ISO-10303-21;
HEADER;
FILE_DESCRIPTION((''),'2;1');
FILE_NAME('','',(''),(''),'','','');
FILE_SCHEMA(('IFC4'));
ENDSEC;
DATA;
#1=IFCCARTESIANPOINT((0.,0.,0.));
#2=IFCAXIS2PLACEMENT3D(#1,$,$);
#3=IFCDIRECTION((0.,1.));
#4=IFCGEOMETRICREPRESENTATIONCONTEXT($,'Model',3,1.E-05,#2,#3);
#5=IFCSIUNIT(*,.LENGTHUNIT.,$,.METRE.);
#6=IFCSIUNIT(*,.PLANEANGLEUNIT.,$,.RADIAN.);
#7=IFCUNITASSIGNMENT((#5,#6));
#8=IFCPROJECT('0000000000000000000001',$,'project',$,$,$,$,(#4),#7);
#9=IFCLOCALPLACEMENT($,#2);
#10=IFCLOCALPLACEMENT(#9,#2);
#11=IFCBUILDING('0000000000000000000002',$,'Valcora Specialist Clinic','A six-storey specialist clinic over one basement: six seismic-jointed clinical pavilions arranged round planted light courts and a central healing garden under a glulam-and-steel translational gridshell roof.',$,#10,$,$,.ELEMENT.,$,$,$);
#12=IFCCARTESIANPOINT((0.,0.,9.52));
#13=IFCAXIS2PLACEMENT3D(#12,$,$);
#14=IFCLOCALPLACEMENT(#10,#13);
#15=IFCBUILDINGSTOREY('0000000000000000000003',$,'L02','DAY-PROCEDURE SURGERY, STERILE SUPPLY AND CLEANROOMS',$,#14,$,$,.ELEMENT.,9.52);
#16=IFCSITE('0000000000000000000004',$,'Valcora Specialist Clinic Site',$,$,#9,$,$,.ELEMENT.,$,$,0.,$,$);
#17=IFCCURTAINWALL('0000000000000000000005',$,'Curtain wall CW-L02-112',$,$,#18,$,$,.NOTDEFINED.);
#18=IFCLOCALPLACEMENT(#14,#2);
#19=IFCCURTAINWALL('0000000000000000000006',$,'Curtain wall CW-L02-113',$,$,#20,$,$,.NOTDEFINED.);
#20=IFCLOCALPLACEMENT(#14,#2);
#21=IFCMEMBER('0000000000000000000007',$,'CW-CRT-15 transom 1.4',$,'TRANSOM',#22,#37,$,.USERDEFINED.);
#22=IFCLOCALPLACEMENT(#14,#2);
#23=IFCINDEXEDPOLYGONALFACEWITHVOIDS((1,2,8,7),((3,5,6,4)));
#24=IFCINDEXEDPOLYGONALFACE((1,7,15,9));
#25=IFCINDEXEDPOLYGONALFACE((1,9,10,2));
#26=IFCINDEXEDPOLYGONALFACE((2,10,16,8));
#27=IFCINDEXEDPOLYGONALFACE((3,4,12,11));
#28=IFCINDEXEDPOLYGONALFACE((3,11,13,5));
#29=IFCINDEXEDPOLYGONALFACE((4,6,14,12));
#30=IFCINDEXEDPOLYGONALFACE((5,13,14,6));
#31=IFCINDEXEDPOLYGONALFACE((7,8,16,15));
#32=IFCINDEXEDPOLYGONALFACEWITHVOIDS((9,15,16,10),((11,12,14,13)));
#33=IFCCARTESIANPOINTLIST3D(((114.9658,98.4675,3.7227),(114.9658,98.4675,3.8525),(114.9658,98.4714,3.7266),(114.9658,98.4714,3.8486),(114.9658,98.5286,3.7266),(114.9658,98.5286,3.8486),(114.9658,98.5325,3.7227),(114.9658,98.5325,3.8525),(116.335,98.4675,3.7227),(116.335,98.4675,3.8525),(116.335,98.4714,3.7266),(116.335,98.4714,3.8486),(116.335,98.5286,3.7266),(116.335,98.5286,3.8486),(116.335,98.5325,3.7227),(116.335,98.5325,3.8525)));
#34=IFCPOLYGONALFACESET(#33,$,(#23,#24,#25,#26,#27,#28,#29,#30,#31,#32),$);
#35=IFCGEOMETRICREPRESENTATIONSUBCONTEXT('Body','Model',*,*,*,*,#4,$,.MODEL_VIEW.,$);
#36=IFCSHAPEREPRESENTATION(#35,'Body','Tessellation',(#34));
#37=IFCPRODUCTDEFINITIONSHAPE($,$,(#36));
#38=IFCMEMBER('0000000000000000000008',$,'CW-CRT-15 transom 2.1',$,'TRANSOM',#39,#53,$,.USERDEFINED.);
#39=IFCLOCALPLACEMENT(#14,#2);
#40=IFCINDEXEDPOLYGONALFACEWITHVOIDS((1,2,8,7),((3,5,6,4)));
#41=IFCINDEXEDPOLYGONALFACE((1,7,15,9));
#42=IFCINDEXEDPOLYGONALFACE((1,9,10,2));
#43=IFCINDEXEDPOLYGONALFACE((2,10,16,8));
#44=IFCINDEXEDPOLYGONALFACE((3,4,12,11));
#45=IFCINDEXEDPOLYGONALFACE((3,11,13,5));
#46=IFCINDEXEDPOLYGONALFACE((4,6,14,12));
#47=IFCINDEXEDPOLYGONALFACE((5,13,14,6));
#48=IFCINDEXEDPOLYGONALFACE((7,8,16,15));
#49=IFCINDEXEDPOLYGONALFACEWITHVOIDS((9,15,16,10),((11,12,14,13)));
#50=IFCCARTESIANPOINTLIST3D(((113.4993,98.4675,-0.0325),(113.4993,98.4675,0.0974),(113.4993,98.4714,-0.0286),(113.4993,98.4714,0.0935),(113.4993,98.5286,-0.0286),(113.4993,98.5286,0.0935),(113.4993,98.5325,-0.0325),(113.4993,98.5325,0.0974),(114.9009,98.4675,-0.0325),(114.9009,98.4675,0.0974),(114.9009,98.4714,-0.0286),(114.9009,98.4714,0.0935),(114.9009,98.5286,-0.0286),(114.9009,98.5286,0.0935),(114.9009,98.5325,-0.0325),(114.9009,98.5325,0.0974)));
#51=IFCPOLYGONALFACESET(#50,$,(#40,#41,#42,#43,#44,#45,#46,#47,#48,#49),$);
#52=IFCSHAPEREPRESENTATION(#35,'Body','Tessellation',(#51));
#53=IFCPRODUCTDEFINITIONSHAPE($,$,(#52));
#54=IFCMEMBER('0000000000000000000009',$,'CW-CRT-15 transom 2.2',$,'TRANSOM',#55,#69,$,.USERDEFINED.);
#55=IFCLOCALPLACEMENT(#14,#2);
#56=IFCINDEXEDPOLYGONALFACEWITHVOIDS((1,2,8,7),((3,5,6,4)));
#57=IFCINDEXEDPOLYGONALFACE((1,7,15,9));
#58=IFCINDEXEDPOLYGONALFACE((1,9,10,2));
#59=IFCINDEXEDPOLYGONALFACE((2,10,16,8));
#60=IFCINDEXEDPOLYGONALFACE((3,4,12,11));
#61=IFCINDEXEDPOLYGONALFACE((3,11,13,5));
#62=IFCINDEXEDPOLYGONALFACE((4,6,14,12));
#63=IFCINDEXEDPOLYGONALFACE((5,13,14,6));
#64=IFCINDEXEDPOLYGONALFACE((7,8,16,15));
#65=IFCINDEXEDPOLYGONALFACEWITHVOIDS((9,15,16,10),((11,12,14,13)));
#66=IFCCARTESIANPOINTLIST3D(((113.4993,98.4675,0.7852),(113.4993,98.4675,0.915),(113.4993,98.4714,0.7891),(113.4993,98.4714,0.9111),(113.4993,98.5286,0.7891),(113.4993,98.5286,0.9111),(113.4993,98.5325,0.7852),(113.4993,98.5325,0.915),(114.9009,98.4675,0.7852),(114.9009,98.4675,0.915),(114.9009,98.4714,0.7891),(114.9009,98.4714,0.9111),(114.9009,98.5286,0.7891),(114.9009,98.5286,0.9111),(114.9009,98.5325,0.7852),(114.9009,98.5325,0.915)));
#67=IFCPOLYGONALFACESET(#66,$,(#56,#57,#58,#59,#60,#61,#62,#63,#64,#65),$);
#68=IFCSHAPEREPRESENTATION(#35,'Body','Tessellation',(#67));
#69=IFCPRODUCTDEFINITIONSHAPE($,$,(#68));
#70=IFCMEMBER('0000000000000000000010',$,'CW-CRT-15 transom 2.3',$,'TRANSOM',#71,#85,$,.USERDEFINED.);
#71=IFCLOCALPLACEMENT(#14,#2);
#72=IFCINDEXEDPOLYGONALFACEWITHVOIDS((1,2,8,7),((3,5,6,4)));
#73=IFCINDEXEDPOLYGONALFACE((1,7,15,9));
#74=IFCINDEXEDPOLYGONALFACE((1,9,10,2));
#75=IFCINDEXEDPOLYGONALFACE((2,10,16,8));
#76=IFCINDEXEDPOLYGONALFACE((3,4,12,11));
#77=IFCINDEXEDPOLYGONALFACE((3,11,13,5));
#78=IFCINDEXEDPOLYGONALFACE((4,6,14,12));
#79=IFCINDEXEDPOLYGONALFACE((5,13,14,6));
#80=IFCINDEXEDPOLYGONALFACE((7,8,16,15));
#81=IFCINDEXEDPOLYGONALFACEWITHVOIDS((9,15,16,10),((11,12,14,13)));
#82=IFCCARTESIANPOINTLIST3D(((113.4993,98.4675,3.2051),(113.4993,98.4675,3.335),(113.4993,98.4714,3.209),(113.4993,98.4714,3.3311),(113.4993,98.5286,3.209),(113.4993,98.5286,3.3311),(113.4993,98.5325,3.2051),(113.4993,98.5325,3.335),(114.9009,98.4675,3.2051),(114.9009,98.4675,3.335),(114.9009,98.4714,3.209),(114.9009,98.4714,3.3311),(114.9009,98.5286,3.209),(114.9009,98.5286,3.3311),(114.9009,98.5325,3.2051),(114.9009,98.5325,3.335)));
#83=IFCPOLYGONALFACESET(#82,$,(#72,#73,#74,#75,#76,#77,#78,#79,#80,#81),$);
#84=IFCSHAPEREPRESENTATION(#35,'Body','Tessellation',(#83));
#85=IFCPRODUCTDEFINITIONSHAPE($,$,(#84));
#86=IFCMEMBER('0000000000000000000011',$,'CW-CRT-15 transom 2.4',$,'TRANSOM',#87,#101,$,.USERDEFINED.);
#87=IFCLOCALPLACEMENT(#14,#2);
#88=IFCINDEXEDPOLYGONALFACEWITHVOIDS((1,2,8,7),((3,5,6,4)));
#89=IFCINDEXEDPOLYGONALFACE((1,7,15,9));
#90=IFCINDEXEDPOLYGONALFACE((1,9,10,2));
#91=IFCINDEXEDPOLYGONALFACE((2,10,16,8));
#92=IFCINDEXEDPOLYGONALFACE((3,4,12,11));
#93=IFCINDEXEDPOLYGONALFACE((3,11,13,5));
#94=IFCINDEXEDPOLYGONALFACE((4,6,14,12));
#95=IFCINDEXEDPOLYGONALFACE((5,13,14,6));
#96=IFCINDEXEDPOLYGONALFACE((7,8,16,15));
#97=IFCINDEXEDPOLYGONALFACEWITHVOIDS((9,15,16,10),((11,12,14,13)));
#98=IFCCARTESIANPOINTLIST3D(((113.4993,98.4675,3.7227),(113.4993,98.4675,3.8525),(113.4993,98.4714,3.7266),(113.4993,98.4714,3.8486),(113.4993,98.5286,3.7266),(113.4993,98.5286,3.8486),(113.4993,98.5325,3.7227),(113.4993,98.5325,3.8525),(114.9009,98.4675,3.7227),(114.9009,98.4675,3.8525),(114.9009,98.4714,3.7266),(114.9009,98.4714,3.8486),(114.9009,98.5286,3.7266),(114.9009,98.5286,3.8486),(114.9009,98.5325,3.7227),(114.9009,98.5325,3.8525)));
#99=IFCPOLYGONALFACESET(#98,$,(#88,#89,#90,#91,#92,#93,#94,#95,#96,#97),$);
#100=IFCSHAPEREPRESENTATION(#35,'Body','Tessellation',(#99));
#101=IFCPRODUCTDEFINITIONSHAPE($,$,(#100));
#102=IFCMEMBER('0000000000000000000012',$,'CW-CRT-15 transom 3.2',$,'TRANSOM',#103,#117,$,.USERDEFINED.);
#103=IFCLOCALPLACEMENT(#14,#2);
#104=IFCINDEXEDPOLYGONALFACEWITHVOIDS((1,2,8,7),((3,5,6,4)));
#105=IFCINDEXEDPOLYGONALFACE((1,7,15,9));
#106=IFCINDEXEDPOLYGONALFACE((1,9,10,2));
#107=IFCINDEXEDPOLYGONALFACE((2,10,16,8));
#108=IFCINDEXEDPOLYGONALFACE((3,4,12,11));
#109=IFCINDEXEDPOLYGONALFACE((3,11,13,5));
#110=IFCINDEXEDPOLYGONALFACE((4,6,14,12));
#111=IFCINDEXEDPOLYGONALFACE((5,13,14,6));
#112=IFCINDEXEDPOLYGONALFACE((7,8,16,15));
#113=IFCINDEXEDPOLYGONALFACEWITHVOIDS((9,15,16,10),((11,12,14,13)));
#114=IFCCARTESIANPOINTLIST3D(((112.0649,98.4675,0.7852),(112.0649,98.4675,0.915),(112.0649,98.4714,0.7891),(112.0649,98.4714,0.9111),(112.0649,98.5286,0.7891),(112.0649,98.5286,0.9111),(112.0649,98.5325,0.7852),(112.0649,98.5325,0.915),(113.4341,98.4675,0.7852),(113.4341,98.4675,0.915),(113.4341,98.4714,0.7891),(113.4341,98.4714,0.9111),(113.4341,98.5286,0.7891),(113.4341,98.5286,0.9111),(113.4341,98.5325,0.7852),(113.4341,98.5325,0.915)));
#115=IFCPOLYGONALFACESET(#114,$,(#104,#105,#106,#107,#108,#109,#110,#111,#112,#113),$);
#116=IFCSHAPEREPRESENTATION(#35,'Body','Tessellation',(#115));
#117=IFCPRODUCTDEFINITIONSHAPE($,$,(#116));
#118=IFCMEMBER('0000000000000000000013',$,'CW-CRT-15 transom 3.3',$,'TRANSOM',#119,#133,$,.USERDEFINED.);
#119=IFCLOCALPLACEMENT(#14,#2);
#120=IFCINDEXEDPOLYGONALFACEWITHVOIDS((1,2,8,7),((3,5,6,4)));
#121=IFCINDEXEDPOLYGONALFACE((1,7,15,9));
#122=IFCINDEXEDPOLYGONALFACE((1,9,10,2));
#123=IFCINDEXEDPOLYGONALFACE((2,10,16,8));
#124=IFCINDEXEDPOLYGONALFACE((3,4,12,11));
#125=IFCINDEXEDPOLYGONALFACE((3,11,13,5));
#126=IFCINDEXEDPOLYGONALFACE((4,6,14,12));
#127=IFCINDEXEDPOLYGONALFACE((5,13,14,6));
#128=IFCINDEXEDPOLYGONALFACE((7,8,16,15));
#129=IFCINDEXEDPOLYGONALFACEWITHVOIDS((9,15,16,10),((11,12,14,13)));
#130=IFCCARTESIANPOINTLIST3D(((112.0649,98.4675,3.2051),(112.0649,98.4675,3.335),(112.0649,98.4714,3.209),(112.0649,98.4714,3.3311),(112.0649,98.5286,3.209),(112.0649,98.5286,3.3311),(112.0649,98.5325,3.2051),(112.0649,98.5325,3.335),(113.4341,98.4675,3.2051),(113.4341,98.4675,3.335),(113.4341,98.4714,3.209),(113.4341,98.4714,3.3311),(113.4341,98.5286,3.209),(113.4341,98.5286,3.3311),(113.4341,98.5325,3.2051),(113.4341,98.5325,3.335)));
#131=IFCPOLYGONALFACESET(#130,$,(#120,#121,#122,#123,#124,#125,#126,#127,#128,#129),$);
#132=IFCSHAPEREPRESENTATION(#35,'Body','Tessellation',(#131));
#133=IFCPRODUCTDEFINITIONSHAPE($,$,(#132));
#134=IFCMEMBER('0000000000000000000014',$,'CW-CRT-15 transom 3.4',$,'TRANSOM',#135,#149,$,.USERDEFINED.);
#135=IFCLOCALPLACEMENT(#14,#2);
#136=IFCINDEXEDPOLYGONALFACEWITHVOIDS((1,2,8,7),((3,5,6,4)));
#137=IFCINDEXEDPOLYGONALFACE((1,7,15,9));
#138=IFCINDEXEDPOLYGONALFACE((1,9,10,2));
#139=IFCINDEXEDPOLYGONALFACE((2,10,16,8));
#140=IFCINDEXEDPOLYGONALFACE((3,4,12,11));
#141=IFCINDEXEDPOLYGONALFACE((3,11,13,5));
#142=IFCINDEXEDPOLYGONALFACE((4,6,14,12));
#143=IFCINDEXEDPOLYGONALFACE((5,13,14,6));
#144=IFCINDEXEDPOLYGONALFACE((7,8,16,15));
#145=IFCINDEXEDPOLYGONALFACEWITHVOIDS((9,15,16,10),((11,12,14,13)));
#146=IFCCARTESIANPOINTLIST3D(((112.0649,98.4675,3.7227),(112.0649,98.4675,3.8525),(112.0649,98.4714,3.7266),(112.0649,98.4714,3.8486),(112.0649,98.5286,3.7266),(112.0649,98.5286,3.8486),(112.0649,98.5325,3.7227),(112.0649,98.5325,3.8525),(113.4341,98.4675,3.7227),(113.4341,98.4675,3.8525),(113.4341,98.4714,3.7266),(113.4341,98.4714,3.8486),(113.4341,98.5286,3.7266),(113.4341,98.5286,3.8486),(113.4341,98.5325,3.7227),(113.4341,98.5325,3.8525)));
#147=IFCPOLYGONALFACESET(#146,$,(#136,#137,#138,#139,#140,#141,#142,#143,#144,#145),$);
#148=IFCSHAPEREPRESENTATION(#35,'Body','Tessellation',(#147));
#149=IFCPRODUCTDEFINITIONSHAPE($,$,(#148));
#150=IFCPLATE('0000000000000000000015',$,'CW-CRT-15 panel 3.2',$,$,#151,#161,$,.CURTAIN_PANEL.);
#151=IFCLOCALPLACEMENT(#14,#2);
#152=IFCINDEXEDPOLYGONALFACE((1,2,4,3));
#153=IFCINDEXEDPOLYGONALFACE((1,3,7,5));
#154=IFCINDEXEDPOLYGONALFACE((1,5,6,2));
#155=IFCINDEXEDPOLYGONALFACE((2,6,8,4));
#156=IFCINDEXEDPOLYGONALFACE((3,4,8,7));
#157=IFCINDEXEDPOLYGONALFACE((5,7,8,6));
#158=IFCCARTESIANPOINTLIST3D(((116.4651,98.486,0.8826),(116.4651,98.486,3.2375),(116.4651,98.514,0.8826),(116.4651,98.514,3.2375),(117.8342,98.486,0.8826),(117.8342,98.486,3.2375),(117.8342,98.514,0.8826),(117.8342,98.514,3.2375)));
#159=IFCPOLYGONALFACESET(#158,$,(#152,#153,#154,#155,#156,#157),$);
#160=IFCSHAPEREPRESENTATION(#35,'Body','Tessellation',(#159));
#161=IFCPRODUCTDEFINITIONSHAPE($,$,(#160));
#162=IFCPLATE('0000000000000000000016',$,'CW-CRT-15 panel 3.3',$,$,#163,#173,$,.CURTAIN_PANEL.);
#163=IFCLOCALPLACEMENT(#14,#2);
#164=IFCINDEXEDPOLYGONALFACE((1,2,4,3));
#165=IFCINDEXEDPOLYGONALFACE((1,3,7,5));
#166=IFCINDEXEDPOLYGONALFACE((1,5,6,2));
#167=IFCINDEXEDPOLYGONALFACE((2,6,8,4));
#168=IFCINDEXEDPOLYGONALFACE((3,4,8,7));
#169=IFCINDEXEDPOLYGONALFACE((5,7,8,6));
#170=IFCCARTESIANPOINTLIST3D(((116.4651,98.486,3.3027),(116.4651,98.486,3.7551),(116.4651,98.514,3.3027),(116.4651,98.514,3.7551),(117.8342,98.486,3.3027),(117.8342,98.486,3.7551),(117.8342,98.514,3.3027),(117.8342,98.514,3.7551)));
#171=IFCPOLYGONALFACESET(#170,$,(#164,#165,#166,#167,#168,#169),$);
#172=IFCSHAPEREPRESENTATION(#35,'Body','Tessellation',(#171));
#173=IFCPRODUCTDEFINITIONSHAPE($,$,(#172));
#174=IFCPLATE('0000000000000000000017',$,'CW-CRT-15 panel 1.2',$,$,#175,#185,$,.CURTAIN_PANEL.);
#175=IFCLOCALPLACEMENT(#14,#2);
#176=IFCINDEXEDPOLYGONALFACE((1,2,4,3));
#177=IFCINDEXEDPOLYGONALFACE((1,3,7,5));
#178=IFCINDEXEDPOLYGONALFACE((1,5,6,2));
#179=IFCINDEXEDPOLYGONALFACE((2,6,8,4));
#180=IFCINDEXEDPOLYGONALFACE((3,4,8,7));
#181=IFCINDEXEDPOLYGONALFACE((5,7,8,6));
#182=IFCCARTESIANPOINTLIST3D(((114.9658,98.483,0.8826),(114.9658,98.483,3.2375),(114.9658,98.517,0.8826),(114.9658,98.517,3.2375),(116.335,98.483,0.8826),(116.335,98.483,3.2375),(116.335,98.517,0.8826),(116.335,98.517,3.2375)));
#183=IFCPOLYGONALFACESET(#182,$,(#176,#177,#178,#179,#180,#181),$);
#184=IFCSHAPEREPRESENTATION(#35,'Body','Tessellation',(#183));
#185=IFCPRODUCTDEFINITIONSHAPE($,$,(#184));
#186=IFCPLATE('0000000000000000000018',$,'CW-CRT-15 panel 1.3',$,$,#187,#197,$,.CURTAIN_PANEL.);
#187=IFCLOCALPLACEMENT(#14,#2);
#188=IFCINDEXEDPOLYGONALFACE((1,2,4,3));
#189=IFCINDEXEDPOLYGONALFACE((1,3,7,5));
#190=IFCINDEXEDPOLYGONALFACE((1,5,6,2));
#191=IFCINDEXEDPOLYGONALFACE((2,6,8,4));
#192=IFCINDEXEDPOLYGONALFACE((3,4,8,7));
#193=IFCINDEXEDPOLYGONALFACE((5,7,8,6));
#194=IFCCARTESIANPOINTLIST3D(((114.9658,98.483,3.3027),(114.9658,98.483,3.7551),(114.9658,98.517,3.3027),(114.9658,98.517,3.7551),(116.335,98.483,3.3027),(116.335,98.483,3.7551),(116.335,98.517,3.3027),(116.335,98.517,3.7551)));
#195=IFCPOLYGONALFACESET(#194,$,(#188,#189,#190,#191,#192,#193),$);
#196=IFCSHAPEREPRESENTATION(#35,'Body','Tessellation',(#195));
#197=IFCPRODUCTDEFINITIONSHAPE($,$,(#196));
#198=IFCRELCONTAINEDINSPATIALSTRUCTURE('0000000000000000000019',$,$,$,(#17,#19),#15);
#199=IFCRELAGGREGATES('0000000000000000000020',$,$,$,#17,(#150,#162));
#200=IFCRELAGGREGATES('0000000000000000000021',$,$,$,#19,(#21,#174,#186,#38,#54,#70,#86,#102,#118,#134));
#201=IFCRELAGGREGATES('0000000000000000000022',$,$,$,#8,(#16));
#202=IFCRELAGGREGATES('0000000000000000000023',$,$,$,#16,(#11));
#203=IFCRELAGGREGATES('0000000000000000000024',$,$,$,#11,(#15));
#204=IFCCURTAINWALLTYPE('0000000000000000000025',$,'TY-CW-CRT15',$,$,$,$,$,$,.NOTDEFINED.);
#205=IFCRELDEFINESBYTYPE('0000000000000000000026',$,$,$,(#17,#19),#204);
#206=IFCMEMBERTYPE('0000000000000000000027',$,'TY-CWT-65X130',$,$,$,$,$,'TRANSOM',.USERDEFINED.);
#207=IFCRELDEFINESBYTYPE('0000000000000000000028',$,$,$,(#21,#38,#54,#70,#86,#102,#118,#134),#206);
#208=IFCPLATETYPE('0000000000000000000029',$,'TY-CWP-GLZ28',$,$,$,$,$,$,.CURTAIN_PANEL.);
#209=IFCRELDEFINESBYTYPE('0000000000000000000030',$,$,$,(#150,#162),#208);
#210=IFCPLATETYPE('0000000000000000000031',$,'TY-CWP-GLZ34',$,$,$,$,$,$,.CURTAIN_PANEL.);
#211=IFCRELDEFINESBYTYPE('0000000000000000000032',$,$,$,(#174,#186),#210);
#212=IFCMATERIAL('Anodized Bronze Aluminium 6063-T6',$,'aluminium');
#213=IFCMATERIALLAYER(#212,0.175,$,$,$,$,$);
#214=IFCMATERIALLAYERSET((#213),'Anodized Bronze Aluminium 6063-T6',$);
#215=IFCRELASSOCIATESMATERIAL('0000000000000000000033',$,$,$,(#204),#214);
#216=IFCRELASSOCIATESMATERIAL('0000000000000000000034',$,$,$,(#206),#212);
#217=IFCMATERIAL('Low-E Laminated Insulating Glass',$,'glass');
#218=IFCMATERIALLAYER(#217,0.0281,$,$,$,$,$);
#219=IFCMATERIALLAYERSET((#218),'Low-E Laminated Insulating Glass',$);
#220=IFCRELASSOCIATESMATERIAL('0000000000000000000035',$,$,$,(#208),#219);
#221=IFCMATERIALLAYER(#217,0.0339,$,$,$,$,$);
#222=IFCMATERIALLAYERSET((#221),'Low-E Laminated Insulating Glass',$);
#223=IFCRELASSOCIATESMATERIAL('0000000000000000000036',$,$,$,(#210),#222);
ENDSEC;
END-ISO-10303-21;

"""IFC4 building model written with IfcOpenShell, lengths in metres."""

from ifc_helpers import new_model, si_unit, direction, frame, origin, origin_2d, place, context, subcontext, project, spatial, rectangle, hollow_rectangle, extrude, material, layer, layer_set, material_profile, profile_set, type_object, element, aggregate, save


model = new_model("IFC4")

# Units and contexts
model_context = context("Model", 3, precision=1e-05, world=origin(), true_north=direction((0.0, 1.0)))
body_context = subcontext(model_context, "Body", "Model", "MODEL_VIEW")
ifc_project = project(units=[si_unit("LENGTHUNIT", "METRE"), si_unit("PLANEANGLEUNIT", "RADIAN")], contexts=[model_context])

# Site, building, storey
site_placement = place(None, origin())
site = spatial("IfcSite", under=ifc_project, at=site_placement, Name="Valcora Specialist Clinic Site", CompositionType="ELEMENT", RefElevation=0.0)
building_placement = place(site_placement, origin())
building = spatial("IfcBuilding", under=site, at=building_placement, Name="Valcora Specialist Clinic", Description="A six-storey specialist clinic over one basement: six seismic-jointed clinical pavilions arranged round planted light courts and a central healing garden under a glulam-and-steel translational gridshell roof.", CompositionType="ELEMENT")
storey_placement = place(building_placement, frame((0.0, 0.0, 9.52)))
storey = spatial("IfcBuildingStorey", under=building, at=storey_placement, Name="L02", Description="DAY-PROCEDURE SURGERY, STERILE SUPPLY AND CLEANROOMS", CompositionType="ELEMENT", Elevation=9.52)

# Curtain wall
ifc_material_1 = material(Name="Anodized Bronze Aluminium 6063-T6", Category="aluminium")
ifc_layer_1 = layer(ifc_material_1, 0.175)
ifc_layer_set_1 = layer_set([ifc_layer_1], Name="Anodized Bronze Aluminium 6063-T6")
curtain_wall_type = type_object("IfcCurtainWallType", Name="TY-CW-CRT15", PredefinedType="NOTDEFINED", material=ifc_layer_set_1)
curtain_wall_1_placement = place(storey_placement, origin())
curtain_wall_1 = element("IfcCurtainWall", 1, at=curtain_wall_1_placement, inside=storey, type_object=curtain_wall_type, Name="Curtain wall CW-L02-112", PredefinedType="NOTDEFINED")

# Curtain wall
curtain_wall_2_placement = place(storey_placement, origin())
curtain_wall_2 = element("IfcCurtainWall", 2, at=curtain_wall_2_placement, inside=storey, type_object=curtain_wall_type, Name="Curtain wall CW-L02-113", PredefinedType="NOTDEFINED")

# Members
ifc_material_profile_1 = material_profile(ifc_material_1, hollow_rectangle(XDim=0.0649, YDim=0.1299, WallThickness=0.0039, at=origin_2d()), Name="AL-TRN-65X130")
ifc_profile_set_1 = profile_set([ifc_material_profile_1], Name="Anodized Bronze Aluminium 6063-T6")
member_type_1 = type_object("IfcMemberType", Name="TY-CWT-65X130", ElementType="TRANSOM", PredefinedType="USERDEFINED", material=ifc_profile_set_1)
member_1_placement = place(storey_placement, frame((116.335, 98.5, 3.7876), z_axis=(-1.0, 0.0, 0.0), x_axis=(0.0, -1.0, 0.0)))
member_1 = element("IfcMember", 3, at=member_1_placement, type_object=member_type_1, Name="CW-CRT-15 transom 1.4", ObjectType="TRANSOM", PredefinedType="USERDEFINED", context=body_context, shape_type="SweptSolid", body=[
    extrude(hollow_rectangle(XDim=0.0649, YDim=0.1299, WallThickness=0.0039, at=origin_2d()), origin(), (0.0, 0.0, 1.0), 1.3691),
])
member_2_placement = place(storey_placement, frame((114.9009, 98.5, 0.0325), z_axis=(-1.0, 0.0, 0.0), x_axis=(0.0, -1.0, 0.0)))
member_2 = element("IfcMember", 4, at=member_2_placement, type_object=member_type_1, Name="CW-CRT-15 transom 2.1", ObjectType="TRANSOM", PredefinedType="USERDEFINED", context=body_context, shape_type="SweptSolid", body=[
    extrude(hollow_rectangle(XDim=0.0649, YDim=0.1299, WallThickness=0.0039, at=origin_2d()), origin(), (0.0, 0.0, 1.0), 1.4016),
])
member_3_placement = place(storey_placement, frame((114.9009, 98.5, 0.8501), z_axis=(-1.0, 0.0, 0.0), x_axis=(0.0, -1.0, 0.0)))
member_3 = element("IfcMember", 5, at=member_3_placement, type_object=member_type_1, Name="CW-CRT-15 transom 2.2", ObjectType="TRANSOM", PredefinedType="USERDEFINED", context=body_context, shape_type="SweptSolid", body=[
    extrude(hollow_rectangle(XDim=0.0649, YDim=0.1299, WallThickness=0.0039, at=origin_2d()), origin(), (0.0, 0.0, 1.0), 1.4016),
])
member_4_placement = place(storey_placement, frame((114.9009, 98.5, 3.27), z_axis=(-1.0, 0.0, 0.0), x_axis=(0.0, -1.0, 0.0)))
member_4 = element("IfcMember", 6, at=member_4_placement, type_object=member_type_1, Name="CW-CRT-15 transom 2.3", ObjectType="TRANSOM", PredefinedType="USERDEFINED", context=body_context, shape_type="SweptSolid", body=[
    extrude(hollow_rectangle(XDim=0.0649, YDim=0.1299, WallThickness=0.0039, at=origin_2d()), origin(), (0.0, 0.0, 1.0), 1.4016),
])
member_5_placement = place(storey_placement, frame((114.9009, 98.5, 3.7876), z_axis=(-1.0, 0.0, 0.0), x_axis=(0.0, -1.0, 0.0)))
member_5 = element("IfcMember", 7, at=member_5_placement, type_object=member_type_1, Name="CW-CRT-15 transom 2.4", ObjectType="TRANSOM", PredefinedType="USERDEFINED", context=body_context, shape_type="SweptSolid", body=[
    extrude(hollow_rectangle(XDim=0.0649, YDim=0.1299, WallThickness=0.0039, at=origin_2d()), origin(), (0.0, 0.0, 1.0), 1.4016),
])
member_6_placement = place(storey_placement, frame((113.4341, 98.5, 0.8501), z_axis=(-1.0, 0.0, 0.0), x_axis=(0.0, -1.0, 0.0)))
member_6 = element("IfcMember", 8, at=member_6_placement, type_object=member_type_1, Name="CW-CRT-15 transom 3.2", ObjectType="TRANSOM", PredefinedType="USERDEFINED", context=body_context, shape_type="SweptSolid", body=[
    extrude(hollow_rectangle(XDim=0.0649, YDim=0.1299, WallThickness=0.0039, at=origin_2d()), origin(), (0.0, 0.0, 1.0), 1.3691),
])
member_7_placement = place(storey_placement, frame((113.4341, 98.5, 3.27), z_axis=(-1.0, 0.0, 0.0), x_axis=(0.0, -1.0, 0.0)))
member_7 = element("IfcMember", 9, at=member_7_placement, type_object=member_type_1, Name="CW-CRT-15 transom 3.3", ObjectType="TRANSOM", PredefinedType="USERDEFINED", context=body_context, shape_type="SweptSolid", body=[
    extrude(hollow_rectangle(XDim=0.0649, YDim=0.1299, WallThickness=0.0039, at=origin_2d()), origin(), (0.0, 0.0, 1.0), 1.3691),
])
member_8_placement = place(storey_placement, frame((113.4341, 98.5, 3.7876), z_axis=(-1.0, 0.0, 0.0), x_axis=(0.0, -1.0, 0.0)))
member_8 = element("IfcMember", 10, at=member_8_placement, type_object=member_type_1, Name="CW-CRT-15 transom 3.4", ObjectType="TRANSOM", PredefinedType="USERDEFINED", context=body_context, shape_type="SweptSolid", body=[
    extrude(hollow_rectangle(XDim=0.0649, YDim=0.1299, WallThickness=0.0039, at=origin_2d()), origin(), (0.0, 0.0, 1.0), 1.3691),
])

# Plates
ifc_material_2 = material(Name="Low-E Laminated Insulating Glass", Category="glass")
ifc_layer_2 = layer(ifc_material_2, 0.0281)
ifc_layer_set_2 = layer_set([ifc_layer_2], Name="Low-E Laminated Insulating Glass")
plate_type_1 = type_object("IfcPlateType", Name="TY-CWP-GLZ28", PredefinedType="CURTAIN_PANEL", material=ifc_layer_set_2)
plate_1_placement = place(storey_placement, frame((117.1497, 98.5, 0.8826), z_axis=(0.0, 0.0, 1.0), x_axis=(-1.0, 0.0, 0.0)))
plate_1 = element("IfcPlate", 11, at=plate_1_placement, type_object=plate_type_1, Name="CW-CRT-15 panel 3.2", PredefinedType="CURTAIN_PANEL", context=body_context, shape_type="SweptSolid", body=[
    extrude(rectangle(XDim=1.3691, YDim=0.0281, at=origin_2d()), origin(), (0.0, 0.0, 1.0), 2.355),
])
plate_2_placement = place(storey_placement, frame((117.1497, 98.5, 3.3027), z_axis=(0.0, 0.0, 1.0), x_axis=(-1.0, 0.0, 0.0)))
plate_2 = element("IfcPlate", 12, at=plate_2_placement, type_object=plate_type_1, Name="CW-CRT-15 panel 3.3", PredefinedType="CURTAIN_PANEL", context=body_context, shape_type="SweptSolid", body=[
    extrude(rectangle(XDim=1.3691, YDim=0.0281, at=origin_2d()), origin(), (0.0, 0.0, 1.0), 0.4524),
])
ifc_layer_3 = layer(ifc_material_2, 0.0339)
ifc_layer_set_3 = layer_set([ifc_layer_3], Name="Low-E Laminated Insulating Glass")
plate_type_2 = type_object("IfcPlateType", Name="TY-CWP-GLZ34", PredefinedType="CURTAIN_PANEL", material=ifc_layer_set_3)
plate_3_placement = place(storey_placement, frame((115.6504, 98.5, 0.8826), z_axis=(0.0, 0.0, 1.0), x_axis=(-1.0, 0.0, 0.0)))
plate_3 = element("IfcPlate", 13, at=plate_3_placement, type_object=plate_type_2, Name="CW-CRT-15 panel 1.2", PredefinedType="CURTAIN_PANEL", context=body_context, shape_type="SweptSolid", body=[
    extrude(rectangle(XDim=1.3691, YDim=0.0339, at=origin_2d()), origin(), (0.0, 0.0, 1.0), 2.355),
])
plate_4_placement = place(storey_placement, frame((115.6504, 98.5, 3.3027), z_axis=(0.0, 0.0, 1.0), x_axis=(-1.0, 0.0, 0.0)))
plate_4 = element("IfcPlate", 14, at=plate_4_placement, type_object=plate_type_2, Name="CW-CRT-15 panel 1.3", PredefinedType="CURTAIN_PANEL", context=body_context, shape_type="SweptSolid", body=[
    extrude(rectangle(XDim=1.3691, YDim=0.0339, at=origin_2d()), origin(), (0.0, 0.0, 1.0), 0.4524),
])
aggregate(curtain_wall_1, [plate_1, plate_2])
aggregate(curtain_wall_2, [member_1, plate_3, plate_4, member_2, member_3, member_4, member_5, member_6, member_7, member_8])

save(model, "model.ifc")
